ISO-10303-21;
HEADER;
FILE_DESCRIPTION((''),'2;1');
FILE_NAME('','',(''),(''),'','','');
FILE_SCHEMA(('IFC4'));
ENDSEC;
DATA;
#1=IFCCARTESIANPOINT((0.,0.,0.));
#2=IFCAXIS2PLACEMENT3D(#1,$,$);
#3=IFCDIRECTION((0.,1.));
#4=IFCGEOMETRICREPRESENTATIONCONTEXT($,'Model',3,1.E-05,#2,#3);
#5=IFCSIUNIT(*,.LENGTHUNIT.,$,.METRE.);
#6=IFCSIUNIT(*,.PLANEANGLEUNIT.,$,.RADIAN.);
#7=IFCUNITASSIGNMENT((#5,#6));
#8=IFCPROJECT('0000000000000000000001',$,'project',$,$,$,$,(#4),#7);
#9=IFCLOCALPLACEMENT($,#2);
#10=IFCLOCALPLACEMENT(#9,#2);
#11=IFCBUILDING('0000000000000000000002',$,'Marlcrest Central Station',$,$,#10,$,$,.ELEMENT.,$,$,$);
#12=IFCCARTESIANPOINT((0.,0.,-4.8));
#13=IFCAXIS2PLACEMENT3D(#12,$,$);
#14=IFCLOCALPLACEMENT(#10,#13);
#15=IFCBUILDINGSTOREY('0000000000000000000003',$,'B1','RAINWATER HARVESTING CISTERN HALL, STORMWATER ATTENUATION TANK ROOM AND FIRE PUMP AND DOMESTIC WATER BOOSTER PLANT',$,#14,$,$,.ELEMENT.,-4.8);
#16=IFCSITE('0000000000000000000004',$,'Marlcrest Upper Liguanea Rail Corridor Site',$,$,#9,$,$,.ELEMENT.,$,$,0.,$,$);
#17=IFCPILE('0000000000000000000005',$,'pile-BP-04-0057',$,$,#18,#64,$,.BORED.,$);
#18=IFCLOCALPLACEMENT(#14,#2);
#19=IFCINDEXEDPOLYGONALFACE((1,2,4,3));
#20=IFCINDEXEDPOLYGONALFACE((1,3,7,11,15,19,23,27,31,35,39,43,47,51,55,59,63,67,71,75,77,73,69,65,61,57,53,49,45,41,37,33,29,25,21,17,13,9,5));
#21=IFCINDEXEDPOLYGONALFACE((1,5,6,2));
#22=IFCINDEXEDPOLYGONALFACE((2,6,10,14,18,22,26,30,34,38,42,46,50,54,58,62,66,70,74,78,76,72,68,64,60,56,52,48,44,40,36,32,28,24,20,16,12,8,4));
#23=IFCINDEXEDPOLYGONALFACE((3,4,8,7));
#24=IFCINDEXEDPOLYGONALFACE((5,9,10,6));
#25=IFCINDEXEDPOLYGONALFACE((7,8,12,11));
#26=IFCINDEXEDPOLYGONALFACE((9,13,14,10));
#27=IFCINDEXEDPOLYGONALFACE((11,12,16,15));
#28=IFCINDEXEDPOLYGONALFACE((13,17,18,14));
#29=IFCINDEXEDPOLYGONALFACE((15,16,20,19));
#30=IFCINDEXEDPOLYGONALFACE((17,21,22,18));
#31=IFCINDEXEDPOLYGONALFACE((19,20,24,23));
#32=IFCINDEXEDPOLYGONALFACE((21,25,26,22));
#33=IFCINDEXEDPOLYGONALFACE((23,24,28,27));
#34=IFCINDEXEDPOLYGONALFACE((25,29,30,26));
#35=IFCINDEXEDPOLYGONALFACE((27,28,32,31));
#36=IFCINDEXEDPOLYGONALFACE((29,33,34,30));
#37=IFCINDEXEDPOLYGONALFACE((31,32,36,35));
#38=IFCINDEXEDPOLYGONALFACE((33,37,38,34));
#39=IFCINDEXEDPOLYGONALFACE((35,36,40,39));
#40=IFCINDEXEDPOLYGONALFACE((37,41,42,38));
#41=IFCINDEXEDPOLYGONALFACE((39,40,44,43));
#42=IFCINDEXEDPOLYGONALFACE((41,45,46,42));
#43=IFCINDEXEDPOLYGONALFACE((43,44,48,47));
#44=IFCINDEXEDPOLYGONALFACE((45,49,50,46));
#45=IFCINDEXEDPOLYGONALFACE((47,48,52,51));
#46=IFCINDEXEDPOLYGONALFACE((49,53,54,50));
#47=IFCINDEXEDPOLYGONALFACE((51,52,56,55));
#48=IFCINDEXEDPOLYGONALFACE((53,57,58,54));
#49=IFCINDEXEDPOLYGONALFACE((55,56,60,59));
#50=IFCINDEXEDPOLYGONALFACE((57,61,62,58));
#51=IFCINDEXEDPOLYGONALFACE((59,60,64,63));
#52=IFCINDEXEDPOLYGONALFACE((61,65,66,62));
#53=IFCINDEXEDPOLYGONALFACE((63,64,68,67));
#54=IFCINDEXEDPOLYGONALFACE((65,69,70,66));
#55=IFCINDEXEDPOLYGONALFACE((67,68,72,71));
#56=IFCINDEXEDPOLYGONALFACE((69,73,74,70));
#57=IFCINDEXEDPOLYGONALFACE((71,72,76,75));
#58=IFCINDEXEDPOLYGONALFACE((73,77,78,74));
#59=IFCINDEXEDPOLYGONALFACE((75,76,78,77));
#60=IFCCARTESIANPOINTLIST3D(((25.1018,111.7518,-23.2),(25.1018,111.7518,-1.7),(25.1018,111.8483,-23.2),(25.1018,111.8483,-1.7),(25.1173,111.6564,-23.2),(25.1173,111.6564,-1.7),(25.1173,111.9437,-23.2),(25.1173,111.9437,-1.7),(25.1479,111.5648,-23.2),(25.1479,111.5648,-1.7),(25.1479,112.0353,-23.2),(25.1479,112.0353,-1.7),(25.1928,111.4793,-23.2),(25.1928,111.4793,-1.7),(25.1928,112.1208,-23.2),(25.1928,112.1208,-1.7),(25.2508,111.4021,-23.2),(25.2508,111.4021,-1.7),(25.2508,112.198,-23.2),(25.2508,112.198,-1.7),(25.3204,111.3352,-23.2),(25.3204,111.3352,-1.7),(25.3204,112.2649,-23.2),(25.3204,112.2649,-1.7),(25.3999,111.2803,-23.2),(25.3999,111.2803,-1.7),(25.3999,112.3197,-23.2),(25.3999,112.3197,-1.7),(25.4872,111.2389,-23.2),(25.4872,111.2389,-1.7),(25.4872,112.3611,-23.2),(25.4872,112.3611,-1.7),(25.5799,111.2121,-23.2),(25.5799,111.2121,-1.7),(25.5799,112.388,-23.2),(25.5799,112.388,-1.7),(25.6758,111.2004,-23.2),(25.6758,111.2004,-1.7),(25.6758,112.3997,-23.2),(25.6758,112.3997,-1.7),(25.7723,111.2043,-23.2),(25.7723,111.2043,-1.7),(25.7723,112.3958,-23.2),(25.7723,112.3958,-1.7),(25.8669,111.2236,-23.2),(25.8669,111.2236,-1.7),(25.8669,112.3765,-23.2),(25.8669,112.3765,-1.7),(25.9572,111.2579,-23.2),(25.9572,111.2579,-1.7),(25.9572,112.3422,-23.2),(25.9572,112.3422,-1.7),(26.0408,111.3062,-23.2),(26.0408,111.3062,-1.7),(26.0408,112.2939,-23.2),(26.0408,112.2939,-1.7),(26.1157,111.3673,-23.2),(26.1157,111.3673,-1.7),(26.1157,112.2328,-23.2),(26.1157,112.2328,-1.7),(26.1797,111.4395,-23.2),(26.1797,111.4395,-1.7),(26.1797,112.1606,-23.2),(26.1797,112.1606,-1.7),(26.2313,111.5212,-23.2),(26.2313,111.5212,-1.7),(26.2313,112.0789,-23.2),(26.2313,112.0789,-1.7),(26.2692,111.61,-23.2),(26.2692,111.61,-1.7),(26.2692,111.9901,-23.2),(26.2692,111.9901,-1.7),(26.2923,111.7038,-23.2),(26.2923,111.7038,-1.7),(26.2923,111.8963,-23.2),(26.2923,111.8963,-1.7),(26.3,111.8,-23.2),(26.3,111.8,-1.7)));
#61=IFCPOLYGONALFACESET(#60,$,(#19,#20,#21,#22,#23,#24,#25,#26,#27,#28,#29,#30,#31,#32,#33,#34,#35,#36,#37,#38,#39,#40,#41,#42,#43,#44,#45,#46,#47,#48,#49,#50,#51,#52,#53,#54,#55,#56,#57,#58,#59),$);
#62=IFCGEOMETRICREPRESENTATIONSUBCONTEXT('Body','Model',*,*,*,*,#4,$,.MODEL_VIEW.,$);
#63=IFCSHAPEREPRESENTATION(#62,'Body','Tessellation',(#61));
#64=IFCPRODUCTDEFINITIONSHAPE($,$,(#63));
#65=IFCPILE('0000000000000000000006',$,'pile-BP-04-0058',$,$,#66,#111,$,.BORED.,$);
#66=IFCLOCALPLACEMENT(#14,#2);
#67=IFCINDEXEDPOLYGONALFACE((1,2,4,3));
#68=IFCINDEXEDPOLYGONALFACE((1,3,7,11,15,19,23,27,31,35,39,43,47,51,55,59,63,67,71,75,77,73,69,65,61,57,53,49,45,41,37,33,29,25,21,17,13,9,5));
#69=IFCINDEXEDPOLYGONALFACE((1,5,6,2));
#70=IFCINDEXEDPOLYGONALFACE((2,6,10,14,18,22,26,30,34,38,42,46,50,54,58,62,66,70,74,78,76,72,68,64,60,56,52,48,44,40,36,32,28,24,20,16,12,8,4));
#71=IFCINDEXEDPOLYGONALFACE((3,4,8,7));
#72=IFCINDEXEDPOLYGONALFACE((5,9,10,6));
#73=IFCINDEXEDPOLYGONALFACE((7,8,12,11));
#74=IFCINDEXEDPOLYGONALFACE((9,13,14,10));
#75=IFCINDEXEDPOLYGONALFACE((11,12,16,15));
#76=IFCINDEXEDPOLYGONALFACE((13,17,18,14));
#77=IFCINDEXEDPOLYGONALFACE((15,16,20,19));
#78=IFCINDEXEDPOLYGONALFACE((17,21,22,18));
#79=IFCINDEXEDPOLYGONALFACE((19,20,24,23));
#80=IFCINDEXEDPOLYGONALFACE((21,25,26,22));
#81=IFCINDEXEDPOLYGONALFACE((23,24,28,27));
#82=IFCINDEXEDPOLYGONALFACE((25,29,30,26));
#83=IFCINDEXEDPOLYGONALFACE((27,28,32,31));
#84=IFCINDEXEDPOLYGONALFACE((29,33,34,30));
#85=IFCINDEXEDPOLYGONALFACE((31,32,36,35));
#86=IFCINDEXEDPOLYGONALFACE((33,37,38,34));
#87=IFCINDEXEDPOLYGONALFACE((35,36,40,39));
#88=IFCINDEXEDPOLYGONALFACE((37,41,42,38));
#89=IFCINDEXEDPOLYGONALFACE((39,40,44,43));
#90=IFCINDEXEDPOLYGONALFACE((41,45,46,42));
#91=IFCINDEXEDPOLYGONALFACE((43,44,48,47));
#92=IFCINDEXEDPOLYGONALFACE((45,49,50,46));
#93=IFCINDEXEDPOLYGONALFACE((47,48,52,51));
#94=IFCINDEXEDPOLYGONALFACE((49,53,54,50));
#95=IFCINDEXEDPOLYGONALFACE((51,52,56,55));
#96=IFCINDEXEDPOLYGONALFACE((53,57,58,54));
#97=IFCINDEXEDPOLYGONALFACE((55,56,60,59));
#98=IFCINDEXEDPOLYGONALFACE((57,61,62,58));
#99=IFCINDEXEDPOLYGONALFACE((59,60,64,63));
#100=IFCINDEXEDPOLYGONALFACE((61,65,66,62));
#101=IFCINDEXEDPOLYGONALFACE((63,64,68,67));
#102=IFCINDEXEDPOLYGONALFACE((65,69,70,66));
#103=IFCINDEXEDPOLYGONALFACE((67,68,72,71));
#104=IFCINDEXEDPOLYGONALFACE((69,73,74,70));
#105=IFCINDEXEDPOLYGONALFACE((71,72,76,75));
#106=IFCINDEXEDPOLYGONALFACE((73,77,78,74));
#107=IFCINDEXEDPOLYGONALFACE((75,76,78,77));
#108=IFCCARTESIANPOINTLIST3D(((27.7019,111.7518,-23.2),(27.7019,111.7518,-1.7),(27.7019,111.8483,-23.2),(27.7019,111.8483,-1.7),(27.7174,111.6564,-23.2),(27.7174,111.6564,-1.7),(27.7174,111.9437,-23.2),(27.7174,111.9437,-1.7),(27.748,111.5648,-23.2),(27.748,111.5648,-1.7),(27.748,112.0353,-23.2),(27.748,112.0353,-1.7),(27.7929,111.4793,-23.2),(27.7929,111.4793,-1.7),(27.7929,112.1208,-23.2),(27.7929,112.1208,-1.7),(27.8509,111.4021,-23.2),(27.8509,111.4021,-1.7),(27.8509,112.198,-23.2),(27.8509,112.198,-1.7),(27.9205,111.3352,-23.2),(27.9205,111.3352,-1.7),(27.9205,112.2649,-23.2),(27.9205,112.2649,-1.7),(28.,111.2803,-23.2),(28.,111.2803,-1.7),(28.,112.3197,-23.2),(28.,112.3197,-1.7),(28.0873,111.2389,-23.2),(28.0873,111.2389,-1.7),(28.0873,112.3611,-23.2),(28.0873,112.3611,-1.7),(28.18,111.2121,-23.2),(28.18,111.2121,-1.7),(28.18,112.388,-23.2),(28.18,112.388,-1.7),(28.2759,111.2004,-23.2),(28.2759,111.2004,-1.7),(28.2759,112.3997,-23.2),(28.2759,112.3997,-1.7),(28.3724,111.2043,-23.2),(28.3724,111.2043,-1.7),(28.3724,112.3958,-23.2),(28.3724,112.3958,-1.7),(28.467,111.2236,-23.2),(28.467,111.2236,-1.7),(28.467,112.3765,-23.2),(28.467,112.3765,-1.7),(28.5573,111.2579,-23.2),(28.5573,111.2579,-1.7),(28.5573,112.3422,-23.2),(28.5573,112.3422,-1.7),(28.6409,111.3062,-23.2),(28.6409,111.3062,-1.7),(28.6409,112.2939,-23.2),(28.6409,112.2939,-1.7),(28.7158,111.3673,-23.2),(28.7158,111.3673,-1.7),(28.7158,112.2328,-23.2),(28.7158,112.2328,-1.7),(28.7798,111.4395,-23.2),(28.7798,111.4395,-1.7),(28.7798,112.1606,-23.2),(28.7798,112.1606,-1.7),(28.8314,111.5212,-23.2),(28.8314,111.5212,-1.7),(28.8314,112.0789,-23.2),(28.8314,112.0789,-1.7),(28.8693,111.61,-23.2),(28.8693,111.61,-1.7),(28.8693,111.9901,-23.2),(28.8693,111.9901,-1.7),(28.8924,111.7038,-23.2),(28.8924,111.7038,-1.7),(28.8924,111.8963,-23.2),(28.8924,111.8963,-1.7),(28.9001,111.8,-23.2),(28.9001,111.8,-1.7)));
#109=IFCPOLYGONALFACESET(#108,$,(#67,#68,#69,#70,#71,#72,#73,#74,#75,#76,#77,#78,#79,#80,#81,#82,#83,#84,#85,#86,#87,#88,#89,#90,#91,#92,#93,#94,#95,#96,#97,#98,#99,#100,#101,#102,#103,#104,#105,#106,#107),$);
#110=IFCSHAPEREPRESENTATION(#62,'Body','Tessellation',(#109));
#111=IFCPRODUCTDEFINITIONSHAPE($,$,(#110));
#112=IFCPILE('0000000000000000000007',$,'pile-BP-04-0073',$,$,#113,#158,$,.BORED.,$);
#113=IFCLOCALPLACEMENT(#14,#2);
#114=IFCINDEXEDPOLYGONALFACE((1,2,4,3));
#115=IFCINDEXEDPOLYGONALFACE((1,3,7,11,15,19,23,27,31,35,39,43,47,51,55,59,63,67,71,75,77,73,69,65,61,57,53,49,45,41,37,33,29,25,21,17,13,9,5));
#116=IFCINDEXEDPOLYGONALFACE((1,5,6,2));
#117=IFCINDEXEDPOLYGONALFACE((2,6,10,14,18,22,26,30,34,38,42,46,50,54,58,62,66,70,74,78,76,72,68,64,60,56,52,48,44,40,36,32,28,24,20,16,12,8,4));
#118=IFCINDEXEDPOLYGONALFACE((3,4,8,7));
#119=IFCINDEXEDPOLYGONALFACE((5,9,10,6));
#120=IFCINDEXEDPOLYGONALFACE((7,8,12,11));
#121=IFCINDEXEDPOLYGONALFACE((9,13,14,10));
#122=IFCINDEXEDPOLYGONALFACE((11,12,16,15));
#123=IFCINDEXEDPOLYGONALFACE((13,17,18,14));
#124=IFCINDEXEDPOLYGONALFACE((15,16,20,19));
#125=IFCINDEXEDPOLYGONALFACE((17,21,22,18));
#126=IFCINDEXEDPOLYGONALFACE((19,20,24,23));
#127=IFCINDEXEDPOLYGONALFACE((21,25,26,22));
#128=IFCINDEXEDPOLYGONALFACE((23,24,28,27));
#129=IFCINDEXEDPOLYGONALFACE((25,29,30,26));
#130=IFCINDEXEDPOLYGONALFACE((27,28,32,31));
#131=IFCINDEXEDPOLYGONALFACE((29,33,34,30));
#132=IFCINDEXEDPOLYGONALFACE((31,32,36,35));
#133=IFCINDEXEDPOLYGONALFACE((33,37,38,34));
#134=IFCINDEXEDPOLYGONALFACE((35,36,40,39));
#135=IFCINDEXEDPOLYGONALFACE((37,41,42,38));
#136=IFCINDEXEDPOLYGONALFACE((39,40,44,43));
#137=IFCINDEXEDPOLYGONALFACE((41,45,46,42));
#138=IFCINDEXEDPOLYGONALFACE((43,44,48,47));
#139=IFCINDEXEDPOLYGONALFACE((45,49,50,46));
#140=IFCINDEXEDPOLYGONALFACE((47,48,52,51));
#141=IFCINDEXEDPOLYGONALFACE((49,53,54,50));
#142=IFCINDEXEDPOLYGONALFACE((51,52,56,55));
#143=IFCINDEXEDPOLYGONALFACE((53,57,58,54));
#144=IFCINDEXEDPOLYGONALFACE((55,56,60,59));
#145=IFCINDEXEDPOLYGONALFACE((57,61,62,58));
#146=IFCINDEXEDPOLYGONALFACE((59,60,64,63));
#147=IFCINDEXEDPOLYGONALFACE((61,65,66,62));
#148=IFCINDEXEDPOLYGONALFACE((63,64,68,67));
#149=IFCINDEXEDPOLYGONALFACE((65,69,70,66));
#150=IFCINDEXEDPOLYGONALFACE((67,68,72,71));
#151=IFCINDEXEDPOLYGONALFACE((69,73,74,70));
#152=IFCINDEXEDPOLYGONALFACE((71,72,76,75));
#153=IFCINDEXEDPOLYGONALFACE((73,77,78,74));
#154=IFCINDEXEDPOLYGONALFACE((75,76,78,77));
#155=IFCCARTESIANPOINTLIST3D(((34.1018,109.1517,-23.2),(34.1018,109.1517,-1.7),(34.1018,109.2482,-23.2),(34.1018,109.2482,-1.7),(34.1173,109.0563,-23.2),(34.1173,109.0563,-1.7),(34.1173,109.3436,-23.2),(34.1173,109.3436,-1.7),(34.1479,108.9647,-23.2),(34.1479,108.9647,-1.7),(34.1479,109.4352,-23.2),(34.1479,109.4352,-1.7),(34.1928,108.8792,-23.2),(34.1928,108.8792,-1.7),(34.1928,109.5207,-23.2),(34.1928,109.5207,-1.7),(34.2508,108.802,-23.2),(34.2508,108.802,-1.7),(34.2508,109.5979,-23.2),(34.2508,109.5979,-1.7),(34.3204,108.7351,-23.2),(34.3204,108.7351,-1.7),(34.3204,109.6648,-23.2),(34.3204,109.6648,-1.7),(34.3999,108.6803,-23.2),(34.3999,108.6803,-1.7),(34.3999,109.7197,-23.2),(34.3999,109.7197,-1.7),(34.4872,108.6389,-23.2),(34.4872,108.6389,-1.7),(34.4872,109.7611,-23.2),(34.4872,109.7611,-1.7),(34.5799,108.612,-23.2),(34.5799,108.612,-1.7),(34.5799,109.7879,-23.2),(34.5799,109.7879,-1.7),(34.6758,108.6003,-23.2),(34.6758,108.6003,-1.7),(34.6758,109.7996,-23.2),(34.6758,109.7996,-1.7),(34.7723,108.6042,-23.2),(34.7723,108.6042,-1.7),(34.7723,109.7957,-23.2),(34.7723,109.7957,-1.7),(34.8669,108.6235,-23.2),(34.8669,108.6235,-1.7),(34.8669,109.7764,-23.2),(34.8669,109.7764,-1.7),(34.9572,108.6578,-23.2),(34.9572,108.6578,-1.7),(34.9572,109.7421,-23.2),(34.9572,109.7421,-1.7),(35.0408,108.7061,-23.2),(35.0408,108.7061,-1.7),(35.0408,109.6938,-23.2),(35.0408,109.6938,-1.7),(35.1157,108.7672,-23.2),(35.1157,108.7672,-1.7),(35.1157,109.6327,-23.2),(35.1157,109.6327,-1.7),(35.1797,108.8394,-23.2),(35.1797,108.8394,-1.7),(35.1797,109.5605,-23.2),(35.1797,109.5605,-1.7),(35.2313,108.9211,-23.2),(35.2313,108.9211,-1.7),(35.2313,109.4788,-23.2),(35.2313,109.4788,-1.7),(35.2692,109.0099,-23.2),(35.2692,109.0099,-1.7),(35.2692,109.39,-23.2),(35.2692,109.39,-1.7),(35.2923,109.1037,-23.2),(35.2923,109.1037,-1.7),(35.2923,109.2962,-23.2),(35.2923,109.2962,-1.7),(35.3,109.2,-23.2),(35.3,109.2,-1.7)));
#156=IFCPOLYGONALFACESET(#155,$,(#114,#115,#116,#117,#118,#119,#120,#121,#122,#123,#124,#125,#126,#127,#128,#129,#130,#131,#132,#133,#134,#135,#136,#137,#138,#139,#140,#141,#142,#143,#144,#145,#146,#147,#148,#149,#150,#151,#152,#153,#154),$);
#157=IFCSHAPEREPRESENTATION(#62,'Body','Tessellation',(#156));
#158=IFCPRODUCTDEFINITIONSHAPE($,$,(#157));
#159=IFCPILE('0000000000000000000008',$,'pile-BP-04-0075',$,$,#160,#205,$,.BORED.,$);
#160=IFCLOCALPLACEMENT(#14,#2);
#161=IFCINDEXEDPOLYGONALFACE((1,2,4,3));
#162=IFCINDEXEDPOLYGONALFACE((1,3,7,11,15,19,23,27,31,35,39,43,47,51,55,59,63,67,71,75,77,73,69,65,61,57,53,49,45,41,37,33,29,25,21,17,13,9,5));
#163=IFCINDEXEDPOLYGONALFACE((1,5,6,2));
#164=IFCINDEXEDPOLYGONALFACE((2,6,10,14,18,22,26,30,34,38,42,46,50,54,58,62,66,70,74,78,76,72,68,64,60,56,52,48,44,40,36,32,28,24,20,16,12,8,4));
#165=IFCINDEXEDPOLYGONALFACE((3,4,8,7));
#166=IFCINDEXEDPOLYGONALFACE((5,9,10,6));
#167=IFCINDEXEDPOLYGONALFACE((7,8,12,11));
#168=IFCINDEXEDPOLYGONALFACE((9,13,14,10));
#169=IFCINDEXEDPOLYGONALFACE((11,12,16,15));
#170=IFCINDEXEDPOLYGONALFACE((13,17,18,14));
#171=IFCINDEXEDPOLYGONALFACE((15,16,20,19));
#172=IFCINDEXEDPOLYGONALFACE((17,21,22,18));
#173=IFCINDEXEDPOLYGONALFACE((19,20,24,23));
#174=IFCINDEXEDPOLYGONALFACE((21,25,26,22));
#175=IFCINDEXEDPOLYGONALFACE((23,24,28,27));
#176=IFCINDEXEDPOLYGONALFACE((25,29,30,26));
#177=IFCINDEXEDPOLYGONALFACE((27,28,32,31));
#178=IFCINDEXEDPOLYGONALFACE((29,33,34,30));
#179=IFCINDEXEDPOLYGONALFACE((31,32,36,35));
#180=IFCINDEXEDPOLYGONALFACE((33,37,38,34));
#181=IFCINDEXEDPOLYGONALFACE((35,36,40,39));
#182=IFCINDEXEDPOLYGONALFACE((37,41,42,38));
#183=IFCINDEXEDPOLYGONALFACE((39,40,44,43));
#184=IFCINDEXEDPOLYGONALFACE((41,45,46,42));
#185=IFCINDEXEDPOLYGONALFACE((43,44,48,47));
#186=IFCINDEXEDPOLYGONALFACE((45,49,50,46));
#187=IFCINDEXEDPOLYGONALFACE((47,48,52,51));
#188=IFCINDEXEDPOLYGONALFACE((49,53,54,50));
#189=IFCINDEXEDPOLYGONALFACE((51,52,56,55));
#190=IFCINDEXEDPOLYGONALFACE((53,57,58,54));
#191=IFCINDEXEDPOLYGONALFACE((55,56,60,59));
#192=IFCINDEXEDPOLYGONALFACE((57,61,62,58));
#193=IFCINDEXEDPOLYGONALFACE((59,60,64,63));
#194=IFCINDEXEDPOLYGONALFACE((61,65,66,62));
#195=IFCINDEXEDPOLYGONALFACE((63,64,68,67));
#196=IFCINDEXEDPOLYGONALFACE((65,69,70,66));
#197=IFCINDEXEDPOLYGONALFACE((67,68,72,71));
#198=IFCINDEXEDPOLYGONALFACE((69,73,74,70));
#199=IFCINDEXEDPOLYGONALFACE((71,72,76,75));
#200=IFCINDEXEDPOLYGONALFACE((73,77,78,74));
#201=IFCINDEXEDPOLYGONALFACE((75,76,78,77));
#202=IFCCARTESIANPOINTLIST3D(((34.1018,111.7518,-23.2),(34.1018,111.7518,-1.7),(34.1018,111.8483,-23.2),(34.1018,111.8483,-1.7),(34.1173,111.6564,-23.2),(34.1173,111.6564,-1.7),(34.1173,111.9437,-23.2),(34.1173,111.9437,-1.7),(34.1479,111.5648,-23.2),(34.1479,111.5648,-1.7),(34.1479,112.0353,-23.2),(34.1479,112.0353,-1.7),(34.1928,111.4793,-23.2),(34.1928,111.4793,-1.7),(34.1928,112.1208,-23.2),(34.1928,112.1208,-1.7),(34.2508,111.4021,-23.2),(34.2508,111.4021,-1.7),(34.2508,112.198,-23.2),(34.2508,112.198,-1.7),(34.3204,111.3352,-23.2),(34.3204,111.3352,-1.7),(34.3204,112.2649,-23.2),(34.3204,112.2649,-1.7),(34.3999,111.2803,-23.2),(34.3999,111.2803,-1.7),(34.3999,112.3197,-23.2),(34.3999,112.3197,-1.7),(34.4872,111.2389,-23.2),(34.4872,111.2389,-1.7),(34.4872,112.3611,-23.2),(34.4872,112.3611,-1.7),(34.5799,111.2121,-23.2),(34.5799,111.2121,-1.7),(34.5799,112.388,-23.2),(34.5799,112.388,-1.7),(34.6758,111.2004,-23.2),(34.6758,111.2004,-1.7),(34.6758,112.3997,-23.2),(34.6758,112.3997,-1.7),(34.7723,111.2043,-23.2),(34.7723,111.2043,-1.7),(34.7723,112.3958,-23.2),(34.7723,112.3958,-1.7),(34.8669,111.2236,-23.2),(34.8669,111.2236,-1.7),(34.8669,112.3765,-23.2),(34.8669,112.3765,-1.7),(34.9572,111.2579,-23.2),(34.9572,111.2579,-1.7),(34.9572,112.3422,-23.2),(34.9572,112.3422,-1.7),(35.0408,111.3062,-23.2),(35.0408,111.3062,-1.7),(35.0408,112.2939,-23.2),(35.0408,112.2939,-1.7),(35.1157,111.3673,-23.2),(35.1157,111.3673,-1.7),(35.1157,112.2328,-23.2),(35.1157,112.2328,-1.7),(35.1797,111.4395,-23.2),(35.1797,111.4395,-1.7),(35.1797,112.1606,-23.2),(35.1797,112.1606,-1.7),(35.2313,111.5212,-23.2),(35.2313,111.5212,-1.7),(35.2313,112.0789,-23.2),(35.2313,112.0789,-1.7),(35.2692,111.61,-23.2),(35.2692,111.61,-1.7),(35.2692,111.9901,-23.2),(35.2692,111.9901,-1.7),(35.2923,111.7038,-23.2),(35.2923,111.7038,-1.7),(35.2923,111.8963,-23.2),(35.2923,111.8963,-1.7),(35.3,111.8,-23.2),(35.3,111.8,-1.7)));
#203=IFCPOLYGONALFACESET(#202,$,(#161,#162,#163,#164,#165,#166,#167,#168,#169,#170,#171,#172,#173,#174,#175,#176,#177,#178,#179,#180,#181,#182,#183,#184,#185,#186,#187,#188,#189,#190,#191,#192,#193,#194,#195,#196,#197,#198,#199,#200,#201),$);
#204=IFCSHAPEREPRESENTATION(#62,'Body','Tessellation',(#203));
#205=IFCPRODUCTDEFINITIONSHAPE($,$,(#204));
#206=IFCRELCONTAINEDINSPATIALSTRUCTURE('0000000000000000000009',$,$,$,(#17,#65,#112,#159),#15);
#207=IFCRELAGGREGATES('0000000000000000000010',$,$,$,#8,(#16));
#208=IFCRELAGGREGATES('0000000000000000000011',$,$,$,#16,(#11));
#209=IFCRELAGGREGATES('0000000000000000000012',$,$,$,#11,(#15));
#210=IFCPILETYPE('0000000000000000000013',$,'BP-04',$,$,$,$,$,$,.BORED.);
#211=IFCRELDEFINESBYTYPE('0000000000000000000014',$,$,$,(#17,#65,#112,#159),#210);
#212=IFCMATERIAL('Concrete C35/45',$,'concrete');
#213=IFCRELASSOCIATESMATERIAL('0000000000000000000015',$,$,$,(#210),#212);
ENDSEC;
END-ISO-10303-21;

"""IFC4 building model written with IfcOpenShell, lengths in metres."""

from ifc_helpers import new_model, si_unit, direction, frame, origin, origin_2d, place, context, subcontext, project, spatial, circle, extrude, material, material_profile, profile_set, type_object, element, save


model = new_model("IFC4")

# Units and contexts
model_context = context("Model", 3, precision=1e-05, world=origin(), true_north=direction((0.0, 1.0)))
body_context = subcontext(model_context, "Body", "Model", "MODEL_VIEW")
ifc_project = project(units=[si_unit("LENGTHUNIT", "METRE"), si_unit("PLANEANGLEUNIT", "RADIAN")], contexts=[model_context])

# Site, building, storey
site_placement = place(None, origin())
site = spatial("IfcSite", under=ifc_project, at=site_placement, Name="Marlcrest Upper Liguanea Rail Corridor Site", CompositionType="ELEMENT", RefElevation=0.0)
building_placement = place(site_placement, origin())
building = spatial("IfcBuilding", under=site, at=building_placement, Name="Marlcrest Central Station", CompositionType="ELEMENT")
storey_placement = place(building_placement, frame((0.0, 0.0, -4.8)))
storey = spatial("IfcBuildingStorey", under=building, at=storey_placement, Name="B1", Description="RAINWATER HARVESTING CISTERN HALL, STORMWATER ATTENUATION TANK ROOM AND FIRE PUMP AND DOMESTIC WATER BOOSTER PLANT", CompositionType="ELEMENT", Elevation=-4.8)

# Piles
ifc_material_1 = material(Name="Concrete C35/45", Category="concrete")
ifc_material_profile_1 = material_profile(ifc_material_1, circle(Radius=0.6001, at=origin_2d()), Name="PILE D1200")
ifc_profile_set_1 = profile_set([ifc_material_profile_1], Name="Concrete C35/45")
pile_type = type_object("IfcPileType", Name="BP-04", PredefinedType="BORED", material=ifc_profile_set_1)
for number, where, z_axis, x_axis, name in (
    (1, (25.7, 111.8, -1.7), (0.0, 0.0, -1.0), (1.0, 0.0, 0.0), "pile-BP-04-0057"),
    (2, (28.3, 111.8, -1.7), (0.0, 0.0, -1.0), (1.0, 0.0, 0.0), "pile-BP-04-0058"),
    (3, (34.7, 109.2, -1.7), (0.0, 0.0, -1.0), (1.0, 0.0, 0.0), "pile-BP-04-0073"),
    (4, (34.7, 111.8, -1.7), (0.0, 0.0, -1.0), (1.0, 0.0, 0.0), "pile-BP-04-0075"),
):
    element("IfcPile", number, at=place(storey_placement, frame(where, z_axis=z_axis, x_axis=x_axis)), inside=storey, type_object=pile_type, Name=name, PredefinedType="BORED", context=body_context, shape_type="SweptSolid", body=[
        extrude(circle(Radius=0.6001, at=origin_2d()), origin(), (0.0, 0.0, 1.0), 21.5),
    ])

save(model, "model.ifc")
